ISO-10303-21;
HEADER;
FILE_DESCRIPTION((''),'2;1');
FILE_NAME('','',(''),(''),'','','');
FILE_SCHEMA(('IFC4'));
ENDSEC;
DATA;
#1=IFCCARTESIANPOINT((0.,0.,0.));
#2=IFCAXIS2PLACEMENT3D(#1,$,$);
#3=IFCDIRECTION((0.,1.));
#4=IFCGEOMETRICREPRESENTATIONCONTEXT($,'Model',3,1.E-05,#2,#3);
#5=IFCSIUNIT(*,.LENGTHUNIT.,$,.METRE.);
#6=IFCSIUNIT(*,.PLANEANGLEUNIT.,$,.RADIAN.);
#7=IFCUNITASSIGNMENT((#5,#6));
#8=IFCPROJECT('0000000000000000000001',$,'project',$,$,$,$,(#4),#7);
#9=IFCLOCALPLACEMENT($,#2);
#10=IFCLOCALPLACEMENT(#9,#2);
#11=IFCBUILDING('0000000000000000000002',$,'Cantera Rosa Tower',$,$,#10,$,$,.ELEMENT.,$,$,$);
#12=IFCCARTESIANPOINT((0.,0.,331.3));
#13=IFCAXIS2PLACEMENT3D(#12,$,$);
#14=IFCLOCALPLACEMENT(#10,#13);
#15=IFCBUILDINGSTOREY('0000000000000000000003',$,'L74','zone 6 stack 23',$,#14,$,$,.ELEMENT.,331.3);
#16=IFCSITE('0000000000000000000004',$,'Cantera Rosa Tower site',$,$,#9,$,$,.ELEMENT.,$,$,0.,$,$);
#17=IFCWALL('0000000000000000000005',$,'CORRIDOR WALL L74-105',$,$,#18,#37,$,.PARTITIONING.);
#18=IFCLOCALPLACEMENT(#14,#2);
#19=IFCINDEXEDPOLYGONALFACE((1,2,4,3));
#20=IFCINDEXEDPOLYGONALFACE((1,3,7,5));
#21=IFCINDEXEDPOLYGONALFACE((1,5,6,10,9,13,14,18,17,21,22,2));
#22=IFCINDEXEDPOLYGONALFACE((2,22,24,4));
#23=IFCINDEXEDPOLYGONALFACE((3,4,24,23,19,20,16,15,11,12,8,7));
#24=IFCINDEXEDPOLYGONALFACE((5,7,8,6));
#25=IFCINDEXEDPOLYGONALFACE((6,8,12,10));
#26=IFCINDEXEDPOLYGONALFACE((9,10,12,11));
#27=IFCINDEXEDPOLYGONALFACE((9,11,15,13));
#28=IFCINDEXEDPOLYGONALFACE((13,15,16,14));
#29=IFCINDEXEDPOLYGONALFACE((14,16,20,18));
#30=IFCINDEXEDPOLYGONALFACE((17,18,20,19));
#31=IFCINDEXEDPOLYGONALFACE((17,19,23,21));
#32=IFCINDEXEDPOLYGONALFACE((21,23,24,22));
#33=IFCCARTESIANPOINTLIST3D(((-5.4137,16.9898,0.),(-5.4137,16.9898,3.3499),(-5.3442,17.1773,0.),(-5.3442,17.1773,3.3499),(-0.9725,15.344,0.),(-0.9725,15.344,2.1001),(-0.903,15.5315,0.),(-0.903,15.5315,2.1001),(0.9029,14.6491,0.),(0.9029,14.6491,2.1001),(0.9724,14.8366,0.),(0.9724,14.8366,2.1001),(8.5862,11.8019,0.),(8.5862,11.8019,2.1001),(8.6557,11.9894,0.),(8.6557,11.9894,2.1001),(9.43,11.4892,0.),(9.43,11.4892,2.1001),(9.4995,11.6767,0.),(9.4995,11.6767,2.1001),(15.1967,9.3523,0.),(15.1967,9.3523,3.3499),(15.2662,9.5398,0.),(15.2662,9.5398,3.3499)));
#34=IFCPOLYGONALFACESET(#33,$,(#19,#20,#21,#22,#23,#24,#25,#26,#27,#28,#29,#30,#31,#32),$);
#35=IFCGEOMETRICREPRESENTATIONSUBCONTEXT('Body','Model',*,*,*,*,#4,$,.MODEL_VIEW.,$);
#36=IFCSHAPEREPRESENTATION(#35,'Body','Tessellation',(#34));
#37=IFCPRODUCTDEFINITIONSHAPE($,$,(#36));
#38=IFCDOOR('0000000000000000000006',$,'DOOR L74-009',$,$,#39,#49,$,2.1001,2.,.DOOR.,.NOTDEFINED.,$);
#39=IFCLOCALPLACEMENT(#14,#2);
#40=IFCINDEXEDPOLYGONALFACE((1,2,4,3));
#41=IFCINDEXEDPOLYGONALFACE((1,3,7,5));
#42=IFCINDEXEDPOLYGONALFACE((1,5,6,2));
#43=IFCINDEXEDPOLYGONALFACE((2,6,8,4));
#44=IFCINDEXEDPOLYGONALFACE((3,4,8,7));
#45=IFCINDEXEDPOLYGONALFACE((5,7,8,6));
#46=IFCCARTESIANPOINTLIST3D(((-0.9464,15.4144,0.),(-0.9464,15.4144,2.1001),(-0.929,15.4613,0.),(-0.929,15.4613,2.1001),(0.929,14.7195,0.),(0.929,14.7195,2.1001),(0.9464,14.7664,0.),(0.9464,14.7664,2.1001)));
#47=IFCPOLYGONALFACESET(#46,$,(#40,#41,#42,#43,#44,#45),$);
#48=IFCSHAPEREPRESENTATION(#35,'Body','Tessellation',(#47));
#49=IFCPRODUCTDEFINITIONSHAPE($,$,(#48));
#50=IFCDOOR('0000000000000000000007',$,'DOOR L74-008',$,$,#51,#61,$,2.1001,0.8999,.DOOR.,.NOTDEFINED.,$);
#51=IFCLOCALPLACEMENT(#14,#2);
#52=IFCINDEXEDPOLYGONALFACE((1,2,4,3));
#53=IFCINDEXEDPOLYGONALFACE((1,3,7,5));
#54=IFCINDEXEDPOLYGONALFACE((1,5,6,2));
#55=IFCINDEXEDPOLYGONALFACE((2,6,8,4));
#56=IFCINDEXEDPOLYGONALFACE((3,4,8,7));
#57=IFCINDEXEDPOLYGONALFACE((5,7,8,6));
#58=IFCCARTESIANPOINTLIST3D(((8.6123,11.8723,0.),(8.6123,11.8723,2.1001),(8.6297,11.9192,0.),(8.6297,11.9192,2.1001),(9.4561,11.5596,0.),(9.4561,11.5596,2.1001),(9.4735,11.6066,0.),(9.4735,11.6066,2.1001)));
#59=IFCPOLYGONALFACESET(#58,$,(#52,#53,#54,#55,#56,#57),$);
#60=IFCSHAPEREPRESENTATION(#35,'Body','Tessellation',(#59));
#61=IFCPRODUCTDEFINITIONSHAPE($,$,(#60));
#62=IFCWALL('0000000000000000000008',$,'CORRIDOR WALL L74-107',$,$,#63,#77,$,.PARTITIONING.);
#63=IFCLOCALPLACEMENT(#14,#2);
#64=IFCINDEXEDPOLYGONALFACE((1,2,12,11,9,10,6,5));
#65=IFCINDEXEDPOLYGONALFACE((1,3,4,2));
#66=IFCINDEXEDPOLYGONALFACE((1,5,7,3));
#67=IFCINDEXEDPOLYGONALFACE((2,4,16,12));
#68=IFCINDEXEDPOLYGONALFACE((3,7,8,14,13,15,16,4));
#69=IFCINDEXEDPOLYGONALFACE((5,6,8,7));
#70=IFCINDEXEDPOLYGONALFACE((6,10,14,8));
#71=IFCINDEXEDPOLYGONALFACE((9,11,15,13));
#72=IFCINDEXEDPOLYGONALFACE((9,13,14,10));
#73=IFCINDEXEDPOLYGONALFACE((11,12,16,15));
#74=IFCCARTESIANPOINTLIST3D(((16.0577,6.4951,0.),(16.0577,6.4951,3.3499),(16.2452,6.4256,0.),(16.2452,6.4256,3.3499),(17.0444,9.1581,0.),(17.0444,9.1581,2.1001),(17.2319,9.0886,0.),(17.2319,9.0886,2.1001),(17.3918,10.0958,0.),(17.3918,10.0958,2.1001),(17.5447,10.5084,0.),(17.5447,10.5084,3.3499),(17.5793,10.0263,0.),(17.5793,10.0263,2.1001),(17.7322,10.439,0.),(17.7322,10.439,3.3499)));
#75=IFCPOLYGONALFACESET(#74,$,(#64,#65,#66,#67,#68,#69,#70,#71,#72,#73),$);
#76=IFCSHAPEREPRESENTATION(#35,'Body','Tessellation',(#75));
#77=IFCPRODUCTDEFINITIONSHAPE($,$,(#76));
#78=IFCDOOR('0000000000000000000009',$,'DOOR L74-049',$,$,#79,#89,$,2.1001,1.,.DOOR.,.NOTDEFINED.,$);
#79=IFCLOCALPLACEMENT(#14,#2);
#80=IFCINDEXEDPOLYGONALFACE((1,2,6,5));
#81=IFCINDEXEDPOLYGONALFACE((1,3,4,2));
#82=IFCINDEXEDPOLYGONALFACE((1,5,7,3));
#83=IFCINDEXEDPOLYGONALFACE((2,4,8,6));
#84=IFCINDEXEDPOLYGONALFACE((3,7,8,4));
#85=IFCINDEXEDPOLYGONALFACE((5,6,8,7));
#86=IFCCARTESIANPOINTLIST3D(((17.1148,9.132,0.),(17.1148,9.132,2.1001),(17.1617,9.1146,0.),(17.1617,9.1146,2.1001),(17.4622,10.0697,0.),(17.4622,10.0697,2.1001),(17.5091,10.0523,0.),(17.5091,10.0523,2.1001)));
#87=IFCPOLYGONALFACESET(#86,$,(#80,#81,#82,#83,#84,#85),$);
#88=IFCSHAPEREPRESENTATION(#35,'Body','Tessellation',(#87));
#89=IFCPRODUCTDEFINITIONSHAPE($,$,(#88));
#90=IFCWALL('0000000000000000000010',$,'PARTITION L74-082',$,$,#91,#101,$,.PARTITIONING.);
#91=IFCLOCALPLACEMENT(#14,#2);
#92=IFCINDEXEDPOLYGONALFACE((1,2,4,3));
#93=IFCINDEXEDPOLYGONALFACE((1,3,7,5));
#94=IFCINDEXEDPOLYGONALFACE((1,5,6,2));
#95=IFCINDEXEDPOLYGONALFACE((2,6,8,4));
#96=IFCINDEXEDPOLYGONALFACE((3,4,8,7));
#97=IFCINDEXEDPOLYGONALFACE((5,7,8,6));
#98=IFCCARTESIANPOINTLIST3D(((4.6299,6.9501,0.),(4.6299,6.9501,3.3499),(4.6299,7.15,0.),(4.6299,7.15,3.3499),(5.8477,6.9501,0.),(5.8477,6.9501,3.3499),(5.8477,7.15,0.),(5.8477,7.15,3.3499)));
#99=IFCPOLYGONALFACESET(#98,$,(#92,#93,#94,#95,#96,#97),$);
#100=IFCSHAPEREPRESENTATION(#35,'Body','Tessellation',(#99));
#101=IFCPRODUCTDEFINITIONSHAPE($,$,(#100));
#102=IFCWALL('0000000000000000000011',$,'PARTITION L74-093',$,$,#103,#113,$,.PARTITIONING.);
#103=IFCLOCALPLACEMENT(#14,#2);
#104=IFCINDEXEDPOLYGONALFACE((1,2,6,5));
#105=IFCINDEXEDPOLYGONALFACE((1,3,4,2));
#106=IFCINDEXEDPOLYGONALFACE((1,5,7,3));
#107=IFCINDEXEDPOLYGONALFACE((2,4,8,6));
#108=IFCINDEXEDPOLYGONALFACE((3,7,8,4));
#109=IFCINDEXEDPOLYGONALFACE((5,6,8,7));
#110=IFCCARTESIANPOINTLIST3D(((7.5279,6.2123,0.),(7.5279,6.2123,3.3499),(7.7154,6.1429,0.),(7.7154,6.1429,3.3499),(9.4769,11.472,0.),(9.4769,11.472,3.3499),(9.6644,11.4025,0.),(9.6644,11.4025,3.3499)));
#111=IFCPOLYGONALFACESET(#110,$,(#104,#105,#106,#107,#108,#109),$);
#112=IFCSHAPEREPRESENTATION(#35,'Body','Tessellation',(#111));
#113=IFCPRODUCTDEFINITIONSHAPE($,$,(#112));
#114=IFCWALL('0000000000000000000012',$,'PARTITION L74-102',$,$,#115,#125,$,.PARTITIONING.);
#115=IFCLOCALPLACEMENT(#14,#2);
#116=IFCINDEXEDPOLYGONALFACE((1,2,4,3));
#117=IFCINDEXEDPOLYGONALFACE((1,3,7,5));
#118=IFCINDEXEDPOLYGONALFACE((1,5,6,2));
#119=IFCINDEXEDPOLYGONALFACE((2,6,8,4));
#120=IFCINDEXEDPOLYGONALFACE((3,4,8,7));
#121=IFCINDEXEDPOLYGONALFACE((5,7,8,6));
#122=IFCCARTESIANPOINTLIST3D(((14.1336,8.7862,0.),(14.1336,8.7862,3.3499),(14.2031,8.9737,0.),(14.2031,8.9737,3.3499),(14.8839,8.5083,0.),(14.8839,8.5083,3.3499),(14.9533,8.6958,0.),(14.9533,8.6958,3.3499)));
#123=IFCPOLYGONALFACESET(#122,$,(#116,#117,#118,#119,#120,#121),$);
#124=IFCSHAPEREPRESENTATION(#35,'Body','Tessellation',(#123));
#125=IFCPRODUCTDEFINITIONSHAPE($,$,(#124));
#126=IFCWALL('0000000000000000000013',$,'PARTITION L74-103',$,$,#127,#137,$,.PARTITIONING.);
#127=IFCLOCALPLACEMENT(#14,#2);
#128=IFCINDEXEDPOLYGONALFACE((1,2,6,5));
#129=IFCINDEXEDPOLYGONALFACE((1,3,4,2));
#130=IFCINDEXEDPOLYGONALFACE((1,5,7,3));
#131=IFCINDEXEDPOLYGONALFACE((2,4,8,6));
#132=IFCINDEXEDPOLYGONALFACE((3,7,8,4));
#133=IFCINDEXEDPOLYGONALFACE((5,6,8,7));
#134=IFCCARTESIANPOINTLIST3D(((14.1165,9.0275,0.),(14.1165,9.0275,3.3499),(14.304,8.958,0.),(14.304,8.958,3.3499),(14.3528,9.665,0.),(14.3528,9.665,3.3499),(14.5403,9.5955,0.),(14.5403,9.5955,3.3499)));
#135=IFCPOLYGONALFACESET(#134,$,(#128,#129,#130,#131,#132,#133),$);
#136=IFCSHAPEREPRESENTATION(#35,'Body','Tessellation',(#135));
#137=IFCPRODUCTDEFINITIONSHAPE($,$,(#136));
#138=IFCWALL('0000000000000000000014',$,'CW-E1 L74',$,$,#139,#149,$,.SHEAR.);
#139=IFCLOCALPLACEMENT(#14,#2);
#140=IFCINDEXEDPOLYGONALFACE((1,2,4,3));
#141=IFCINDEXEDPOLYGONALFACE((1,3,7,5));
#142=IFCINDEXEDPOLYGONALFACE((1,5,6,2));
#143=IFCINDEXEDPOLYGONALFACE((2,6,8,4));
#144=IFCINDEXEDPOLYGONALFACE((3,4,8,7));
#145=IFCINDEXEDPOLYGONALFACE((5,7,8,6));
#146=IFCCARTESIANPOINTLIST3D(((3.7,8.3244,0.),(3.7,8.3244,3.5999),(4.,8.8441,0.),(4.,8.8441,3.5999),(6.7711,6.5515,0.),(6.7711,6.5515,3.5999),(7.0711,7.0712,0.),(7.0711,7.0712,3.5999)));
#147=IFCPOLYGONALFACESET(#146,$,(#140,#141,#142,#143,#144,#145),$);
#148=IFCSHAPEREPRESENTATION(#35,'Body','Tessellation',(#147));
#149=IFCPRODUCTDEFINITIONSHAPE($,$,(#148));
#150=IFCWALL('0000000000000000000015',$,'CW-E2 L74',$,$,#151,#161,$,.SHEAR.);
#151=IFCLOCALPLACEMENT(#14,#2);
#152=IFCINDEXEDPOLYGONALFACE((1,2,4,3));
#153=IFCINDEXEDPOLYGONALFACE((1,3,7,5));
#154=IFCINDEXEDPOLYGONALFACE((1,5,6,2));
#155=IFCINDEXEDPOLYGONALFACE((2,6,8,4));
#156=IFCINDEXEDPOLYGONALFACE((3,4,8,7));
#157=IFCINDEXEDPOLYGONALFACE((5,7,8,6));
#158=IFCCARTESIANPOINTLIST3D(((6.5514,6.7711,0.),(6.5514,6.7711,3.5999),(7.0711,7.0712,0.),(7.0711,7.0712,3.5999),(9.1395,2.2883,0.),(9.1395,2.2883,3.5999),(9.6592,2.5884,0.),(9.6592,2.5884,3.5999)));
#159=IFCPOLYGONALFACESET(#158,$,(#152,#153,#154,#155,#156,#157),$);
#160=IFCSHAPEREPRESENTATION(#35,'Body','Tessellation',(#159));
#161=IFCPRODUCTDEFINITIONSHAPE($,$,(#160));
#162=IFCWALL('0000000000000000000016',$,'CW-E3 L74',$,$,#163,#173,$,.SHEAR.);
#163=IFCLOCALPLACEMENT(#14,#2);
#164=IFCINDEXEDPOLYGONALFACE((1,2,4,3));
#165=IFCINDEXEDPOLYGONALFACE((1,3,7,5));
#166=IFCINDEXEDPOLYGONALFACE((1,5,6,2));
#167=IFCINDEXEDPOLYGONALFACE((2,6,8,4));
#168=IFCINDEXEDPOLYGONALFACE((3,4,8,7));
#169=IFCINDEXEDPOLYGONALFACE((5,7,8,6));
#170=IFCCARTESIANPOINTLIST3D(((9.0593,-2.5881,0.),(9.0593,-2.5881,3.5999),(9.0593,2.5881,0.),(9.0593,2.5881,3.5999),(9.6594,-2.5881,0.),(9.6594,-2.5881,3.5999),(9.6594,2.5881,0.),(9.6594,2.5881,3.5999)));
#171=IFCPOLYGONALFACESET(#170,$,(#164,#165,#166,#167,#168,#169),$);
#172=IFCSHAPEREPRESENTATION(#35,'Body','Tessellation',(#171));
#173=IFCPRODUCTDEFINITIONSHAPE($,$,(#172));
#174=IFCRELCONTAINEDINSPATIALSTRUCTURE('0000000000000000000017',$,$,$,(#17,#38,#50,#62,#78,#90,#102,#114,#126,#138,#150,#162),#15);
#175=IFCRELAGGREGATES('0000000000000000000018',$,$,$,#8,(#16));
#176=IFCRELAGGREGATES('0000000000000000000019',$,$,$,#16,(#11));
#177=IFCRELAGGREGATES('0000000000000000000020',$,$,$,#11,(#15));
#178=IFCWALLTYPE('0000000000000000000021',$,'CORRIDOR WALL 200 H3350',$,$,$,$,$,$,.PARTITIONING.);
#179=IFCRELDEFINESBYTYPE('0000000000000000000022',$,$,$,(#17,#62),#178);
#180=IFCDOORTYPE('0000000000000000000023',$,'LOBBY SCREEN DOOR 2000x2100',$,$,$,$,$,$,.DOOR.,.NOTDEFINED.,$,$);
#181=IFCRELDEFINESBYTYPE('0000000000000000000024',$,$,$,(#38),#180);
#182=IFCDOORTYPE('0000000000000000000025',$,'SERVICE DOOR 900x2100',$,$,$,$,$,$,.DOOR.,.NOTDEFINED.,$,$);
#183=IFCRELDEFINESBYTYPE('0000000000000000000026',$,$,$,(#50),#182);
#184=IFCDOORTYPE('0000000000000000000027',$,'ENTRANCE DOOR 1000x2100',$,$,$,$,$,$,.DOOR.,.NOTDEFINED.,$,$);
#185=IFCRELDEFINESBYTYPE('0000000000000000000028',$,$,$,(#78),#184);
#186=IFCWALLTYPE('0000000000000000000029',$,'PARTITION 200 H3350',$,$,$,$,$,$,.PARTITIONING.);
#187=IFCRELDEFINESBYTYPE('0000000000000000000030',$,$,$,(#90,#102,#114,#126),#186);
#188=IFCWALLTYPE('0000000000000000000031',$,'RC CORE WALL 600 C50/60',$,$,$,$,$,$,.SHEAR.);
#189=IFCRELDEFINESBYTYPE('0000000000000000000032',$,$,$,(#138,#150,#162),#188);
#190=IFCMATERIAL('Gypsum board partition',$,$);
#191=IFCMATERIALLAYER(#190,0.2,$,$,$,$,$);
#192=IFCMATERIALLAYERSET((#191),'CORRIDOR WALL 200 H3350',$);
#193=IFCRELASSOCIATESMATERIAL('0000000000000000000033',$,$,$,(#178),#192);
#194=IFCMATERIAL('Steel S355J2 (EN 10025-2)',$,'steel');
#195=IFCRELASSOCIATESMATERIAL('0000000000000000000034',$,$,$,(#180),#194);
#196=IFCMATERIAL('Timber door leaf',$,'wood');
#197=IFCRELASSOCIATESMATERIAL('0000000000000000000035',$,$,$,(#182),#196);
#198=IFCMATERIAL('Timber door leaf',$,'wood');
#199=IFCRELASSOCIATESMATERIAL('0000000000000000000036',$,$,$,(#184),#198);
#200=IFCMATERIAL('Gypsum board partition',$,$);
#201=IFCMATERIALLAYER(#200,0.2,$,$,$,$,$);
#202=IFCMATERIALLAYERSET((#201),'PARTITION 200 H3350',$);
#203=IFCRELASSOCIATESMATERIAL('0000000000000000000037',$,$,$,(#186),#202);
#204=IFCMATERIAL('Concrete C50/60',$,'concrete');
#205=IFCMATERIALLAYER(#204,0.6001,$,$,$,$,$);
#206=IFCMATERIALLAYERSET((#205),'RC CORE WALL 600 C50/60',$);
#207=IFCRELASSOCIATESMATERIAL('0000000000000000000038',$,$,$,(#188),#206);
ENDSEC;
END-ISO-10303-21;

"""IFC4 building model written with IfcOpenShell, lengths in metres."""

from ifc_helpers import new_model, si_unit, direction, frame, frame_2d, origin, place, context, subcontext, project, spatial, rectangle, extrude, material, layer, layer_set, type_object, element, fill, save


model = new_model("IFC4")

# Units and contexts
model_context = context("Model", 3, precision=1e-05, world=origin(), true_north=direction((0.0, 1.0)))
body_context = subcontext(model_context, "Body", "Model", "MODEL_VIEW")
ifc_project = project(units=[si_unit("LENGTHUNIT", "METRE"), si_unit("PLANEANGLEUNIT", "RADIAN")], contexts=[model_context])

# Site, building, storey
site_placement = place(None, origin())
site = spatial("IfcSite", under=ifc_project, at=site_placement, Name="Cantera Rosa Tower site", CompositionType="ELEMENT", RefElevation=0.0)
building_placement = place(site_placement, origin())
building = spatial("IfcBuilding", under=site, at=building_placement, Name="Cantera Rosa Tower", CompositionType="ELEMENT")
storey_placement = place(building_placement, frame((0.0, 0.0, 331.3)))
storey = spatial("IfcBuildingStorey", under=building, at=storey_placement, Name="L74", Description="zone 6 stack 23", CompositionType="ELEMENT", Elevation=331.3)

# Shared definitions
ifc_material_1 = material(Name="Gypsum board partition")
ifc_layer_1 = layer(ifc_material_1, 0.2)
ifc_layer_set_1 = layer_set([ifc_layer_1], Name="CORRIDOR WALL 200 H3350")
wall_type_1 = type_object("IfcWallType", Name="CORRIDOR WALL 200 H3350", PredefinedType="PARTITIONING", material=ifc_layer_set_1)

# Wall, openings, doors
wall_1_placement = place(storey_placement, frame((15.2314, 9.446, 0.0), z_axis=(0.0, 0.0, 1.0), x_axis=(-0.93769, 0.347474, 0.0)))
wall_1 = element("IfcWall", 1, at=wall_1_placement, inside=storey, type_object=wall_type_1, Name="CORRIDOR WALL L74-105", PredefinedType="PARTITIONING", context=body_context, shape_type="SweptSolid", body=[
    extrude(rectangle(XDim=21.98, YDim=0.2, at=frame_2d((10.99, 0.0))), origin(), (0.0, 0.0, 1.0), 3.3499),
])
opening_1_placement = place(wall_1_placement, frame((6.1499, 0.0, 0.0)))
opening_1 = element("IfcOpeningElement", 2, at=opening_1_placement, cuts=wall_1, PredefinedType="OPENING", context=body_context, shape_type="SweptSolid", body=[
    extrude(rectangle(XDim=0.8999, YDim=2.1001, at=frame_2d((0.45, 1.05))), frame((0.0, 0.1099, 0.0), z_axis=(0.0, -1.0, 0.0), x_axis=(1.0, 0.0, 0.0)), (0.0, 0.0, 1.0), 0.22),
])
opening_2_placement = place(wall_1_placement, frame((15.2437, 0.0, 0.0)))
opening_2 = element("IfcOpeningElement", 3, at=opening_2_placement, cuts=wall_1, PredefinedType="OPENING", context=body_context, shape_type="SweptSolid", body=[
    extrude(rectangle(XDim=2.0, YDim=2.1001, at=frame_2d((1.0, 1.05))), frame((0.0, 0.1099, 0.0), z_axis=(0.0, -1.0, 0.0), x_axis=(1.0, 0.0, 0.0)), (0.0, 0.0, 1.0), 0.22),
])
ifc_material_2 = material(Name="Steel S355J2 (EN 10025-2)", Category="steel")
door_type_1 = type_object("IfcDoorType", Name="LOBBY SCREEN DOOR 2000x2100", OperationType="NOTDEFINED", PredefinedType="DOOR", material=ifc_material_2)
door_1_placement = place(opening_2_placement, origin())
door_1 = element("IfcDoor", 4, at=door_1_placement, inside=storey, type_object=door_type_1, Name="DOOR L74-009", OperationType="NOTDEFINED", OverallHeight=2.1001, OverallWidth=2.0, PredefinedType="DOOR", context=body_context, shape_type="SweptSolid", body=[
    extrude(rectangle(XDim=2.0, YDim=2.1001, at=frame_2d((1.0, 1.05))), frame((0.0, 0.0249, 0.0), z_axis=(0.0, -1.0, 0.0), x_axis=(1.0, 0.0, 0.0)), (0.0, 0.0, 1.0), 0.05),
])
fill(opening_2, door_1)
ifc_material_3 = material(Name="Timber door leaf", Category="wood")
door_type_2 = type_object("IfcDoorType", Name="SERVICE DOOR 900x2100", OperationType="NOTDEFINED", PredefinedType="DOOR", material=ifc_material_3)
door_2_placement = place(opening_1_placement, origin())
door_2 = element("IfcDoor", 5, at=door_2_placement, inside=storey, type_object=door_type_2, Name="DOOR L74-008", OperationType="NOTDEFINED", OverallHeight=2.1001, OverallWidth=0.8999, PredefinedType="DOOR", context=body_context, shape_type="SweptSolid", body=[
    extrude(rectangle(XDim=0.8999, YDim=2.1001, at=frame_2d((0.45, 1.05))), frame((0.0, 0.0249, 0.0), z_axis=(0.0, -1.0, 0.0), x_axis=(1.0, 0.0, 0.0)), (0.0, 0.0, 1.0), 0.05),
])
fill(opening_1, door_2)

# Wall, opening, door
wall_2_placement = place(storey_placement, frame((16.1514, 6.4602, 0.0), z_axis=(0.0, 0.0, 1.0), x_axis=(0.347439, 0.937703, 0.0)))
wall_2 = element("IfcWall", 6, at=wall_2_placement, inside=storey, type_object=wall_type_1, Name="CORRIDOR WALL L74-107", PredefinedType="PARTITIONING", context=body_context, shape_type="SweptSolid", body=[
    extrude(rectangle(XDim=4.28, YDim=0.2, at=frame_2d((2.1401, 0.0))), origin(), (0.0, 0.0, 1.0), 3.3499),
])
opening_3_placement = place(wall_2_placement, frame((2.8401, 0.0, 0.0)))
opening_3 = element("IfcOpeningElement", 7, at=opening_3_placement, cuts=wall_2, PredefinedType="OPENING", context=body_context, shape_type="SweptSolid", body=[
    extrude(rectangle(XDim=1.0, YDim=2.1001, at=frame_2d((0.5, 1.05))), frame((0.0, 0.1099, 0.0), z_axis=(0.0, -1.0, 0.0), x_axis=(1.0, 0.0, 0.0)), (0.0, 0.0, 1.0), 0.22),
])
ifc_material_4 = material(Name="Timber door leaf", Category="wood")
door_type_3 = type_object("IfcDoorType", Name="ENTRANCE DOOR 1000x2100", OperationType="NOTDEFINED", PredefinedType="DOOR", material=ifc_material_4)
door_3_placement = place(opening_3_placement, origin())
door_3 = element("IfcDoor", 8, at=door_3_placement, inside=storey, type_object=door_type_3, Name="DOOR L74-049", OperationType="NOTDEFINED", OverallHeight=2.1001, OverallWidth=1.0, PredefinedType="DOOR", context=body_context, shape_type="SweptSolid", body=[
    extrude(rectangle(XDim=1.0, YDim=2.1001, at=frame_2d((0.5, 1.05))), frame((0.0, 0.0249, 0.0), z_axis=(0.0, -1.0, 0.0), x_axis=(1.0, 0.0, 0.0)), (0.0, 0.0, 1.0), 0.05),
])
fill(opening_3, door_3)

# Walls
ifc_material_5 = material(Name="Gypsum board partition")
ifc_layer_2 = layer(ifc_material_5, 0.2)
ifc_layer_set_2 = layer_set([ifc_layer_2], Name="PARTITION 200 H3350")
wall_type_2 = type_object("IfcWallType", Name="PARTITION 200 H3350", PredefinedType="PARTITIONING", material=ifc_layer_set_2)
wall_3_placement = place(storey_placement, frame((4.6299, 7.05, 0.0), z_axis=(0.0, 0.0, 1.0), x_axis=(1.0, 0.0, 0.0)))
element("IfcWall", 9, at=wall_3_placement, inside=storey, type_object=wall_type_2, Name="PARTITION L74-082", PredefinedType="PARTITIONING", context=body_context, shape_type="SweptSolid", body=[
    extrude(rectangle(XDim=1.2178, YDim=0.2, at=frame_2d((0.6089, 0.0))), origin(), (0.0, 0.0, 1.0), 3.3499),
])
wall_4_placement = place(storey_placement, frame((7.6216, 6.1775, 0.0), z_axis=(0.0, 0.0, 1.0), x_axis=(0.347472, 0.93769, 0.0)))
element("IfcWall", 10, at=wall_4_placement, inside=storey, type_object=wall_type_2, Name="PARTITION L74-093", PredefinedType="PARTITIONING", context=body_context, shape_type="SweptSolid", body=[
    extrude(rectangle(XDim=5.6091, YDim=0.2, at=frame_2d((2.8047, 0.0))), origin(), (0.0, 0.0, 1.0), 3.3499),
])
wall_5_placement = place(storey_placement, frame((14.1685, 8.8799, 0.0), z_axis=(0.0, 0.0, 1.0), x_axis=(0.937763, -0.347275, 0.0)))
element("IfcWall", 11, at=wall_5_placement, inside=storey, type_object=wall_type_2, Name="PARTITION L74-102", PredefinedType="PARTITIONING", context=body_context, shape_type="SweptSolid", body=[
    extrude(rectangle(XDim=0.8, YDim=0.2, at=frame_2d((0.3999, 0.0))), origin(), (0.0, 0.0, 1.0), 3.3499),
])
wall_6_placement = place(storey_placement, frame((14.4465, 9.6301, 0.0), z_axis=(0.0, 0.0, 1.0), x_axis=(-0.347618, -0.937636, 0.0)))
element("IfcWall", 12, at=wall_6_placement, inside=storey, type_object=wall_type_2, Name="PARTITION L74-103", PredefinedType="PARTITIONING", context=body_context, shape_type="SweptSolid", body=[
    extrude(rectangle(XDim=0.6799, YDim=0.2, at=frame_2d((0.3398, 0.0))), origin(), (0.0, 0.0, 1.0), 3.3499),
])
ifc_material_6 = material(Name="Concrete C50/60", Category="concrete")
ifc_layer_3 = layer(ifc_material_6, 0.6001)
ifc_layer_set_3 = layer_set([ifc_layer_3], Name="RC CORE WALL 600 C50/60")
wall_type_3 = type_object("IfcWallType", Name="RC CORE WALL 600 C50/60", PredefinedType="SHEAR", material=ifc_layer_set_3)
wall_7_placement = place(storey_placement, frame((3.8501, 8.5842, 0.0), z_axis=(0.0, 0.0, 1.0), x_axis=(0.86604, -0.499975, 0.0)))
element("IfcWall", 13, at=wall_7_placement, inside=storey, type_object=wall_type_3, Name="CW-E1 L74", PredefinedType="SHEAR", context=body_context, shape_type="SweptSolid", body=[
    extrude(rectangle(XDim=3.5461, YDim=0.6001, at=frame_2d((1.7729, 0.0))), origin(), (0.0, 0.0, 1.0), 3.5999),
])
for number, where, z_axis, x_axis, name in (
    (14, (6.8113, 6.9211, 0.0), (0.0, 0.0, 1.0), (0.499989, -0.866032, 0.0), "CW-E2 L74"),
    (15, (9.3594, 2.5881, 0.0), (0.0, 0.0, 1.0), (0.0, -1.0, 0.0), "CW-E3 L74"),
):
    element("IfcWall", number, at=place(storey_placement, frame(where, z_axis=z_axis, x_axis=x_axis)), inside=storey, type_object=wall_type_3, Name=name, PredefinedType="SHEAR", context=body_context, shape_type="SweptSolid", body=[
        extrude(rectangle(XDim=5.1763, YDim=0.6001, at=frame_2d((2.5881, 0.0))), origin(), (0.0, 0.0, 1.0), 3.5999),
    ])

save(model, "model.ifc")
